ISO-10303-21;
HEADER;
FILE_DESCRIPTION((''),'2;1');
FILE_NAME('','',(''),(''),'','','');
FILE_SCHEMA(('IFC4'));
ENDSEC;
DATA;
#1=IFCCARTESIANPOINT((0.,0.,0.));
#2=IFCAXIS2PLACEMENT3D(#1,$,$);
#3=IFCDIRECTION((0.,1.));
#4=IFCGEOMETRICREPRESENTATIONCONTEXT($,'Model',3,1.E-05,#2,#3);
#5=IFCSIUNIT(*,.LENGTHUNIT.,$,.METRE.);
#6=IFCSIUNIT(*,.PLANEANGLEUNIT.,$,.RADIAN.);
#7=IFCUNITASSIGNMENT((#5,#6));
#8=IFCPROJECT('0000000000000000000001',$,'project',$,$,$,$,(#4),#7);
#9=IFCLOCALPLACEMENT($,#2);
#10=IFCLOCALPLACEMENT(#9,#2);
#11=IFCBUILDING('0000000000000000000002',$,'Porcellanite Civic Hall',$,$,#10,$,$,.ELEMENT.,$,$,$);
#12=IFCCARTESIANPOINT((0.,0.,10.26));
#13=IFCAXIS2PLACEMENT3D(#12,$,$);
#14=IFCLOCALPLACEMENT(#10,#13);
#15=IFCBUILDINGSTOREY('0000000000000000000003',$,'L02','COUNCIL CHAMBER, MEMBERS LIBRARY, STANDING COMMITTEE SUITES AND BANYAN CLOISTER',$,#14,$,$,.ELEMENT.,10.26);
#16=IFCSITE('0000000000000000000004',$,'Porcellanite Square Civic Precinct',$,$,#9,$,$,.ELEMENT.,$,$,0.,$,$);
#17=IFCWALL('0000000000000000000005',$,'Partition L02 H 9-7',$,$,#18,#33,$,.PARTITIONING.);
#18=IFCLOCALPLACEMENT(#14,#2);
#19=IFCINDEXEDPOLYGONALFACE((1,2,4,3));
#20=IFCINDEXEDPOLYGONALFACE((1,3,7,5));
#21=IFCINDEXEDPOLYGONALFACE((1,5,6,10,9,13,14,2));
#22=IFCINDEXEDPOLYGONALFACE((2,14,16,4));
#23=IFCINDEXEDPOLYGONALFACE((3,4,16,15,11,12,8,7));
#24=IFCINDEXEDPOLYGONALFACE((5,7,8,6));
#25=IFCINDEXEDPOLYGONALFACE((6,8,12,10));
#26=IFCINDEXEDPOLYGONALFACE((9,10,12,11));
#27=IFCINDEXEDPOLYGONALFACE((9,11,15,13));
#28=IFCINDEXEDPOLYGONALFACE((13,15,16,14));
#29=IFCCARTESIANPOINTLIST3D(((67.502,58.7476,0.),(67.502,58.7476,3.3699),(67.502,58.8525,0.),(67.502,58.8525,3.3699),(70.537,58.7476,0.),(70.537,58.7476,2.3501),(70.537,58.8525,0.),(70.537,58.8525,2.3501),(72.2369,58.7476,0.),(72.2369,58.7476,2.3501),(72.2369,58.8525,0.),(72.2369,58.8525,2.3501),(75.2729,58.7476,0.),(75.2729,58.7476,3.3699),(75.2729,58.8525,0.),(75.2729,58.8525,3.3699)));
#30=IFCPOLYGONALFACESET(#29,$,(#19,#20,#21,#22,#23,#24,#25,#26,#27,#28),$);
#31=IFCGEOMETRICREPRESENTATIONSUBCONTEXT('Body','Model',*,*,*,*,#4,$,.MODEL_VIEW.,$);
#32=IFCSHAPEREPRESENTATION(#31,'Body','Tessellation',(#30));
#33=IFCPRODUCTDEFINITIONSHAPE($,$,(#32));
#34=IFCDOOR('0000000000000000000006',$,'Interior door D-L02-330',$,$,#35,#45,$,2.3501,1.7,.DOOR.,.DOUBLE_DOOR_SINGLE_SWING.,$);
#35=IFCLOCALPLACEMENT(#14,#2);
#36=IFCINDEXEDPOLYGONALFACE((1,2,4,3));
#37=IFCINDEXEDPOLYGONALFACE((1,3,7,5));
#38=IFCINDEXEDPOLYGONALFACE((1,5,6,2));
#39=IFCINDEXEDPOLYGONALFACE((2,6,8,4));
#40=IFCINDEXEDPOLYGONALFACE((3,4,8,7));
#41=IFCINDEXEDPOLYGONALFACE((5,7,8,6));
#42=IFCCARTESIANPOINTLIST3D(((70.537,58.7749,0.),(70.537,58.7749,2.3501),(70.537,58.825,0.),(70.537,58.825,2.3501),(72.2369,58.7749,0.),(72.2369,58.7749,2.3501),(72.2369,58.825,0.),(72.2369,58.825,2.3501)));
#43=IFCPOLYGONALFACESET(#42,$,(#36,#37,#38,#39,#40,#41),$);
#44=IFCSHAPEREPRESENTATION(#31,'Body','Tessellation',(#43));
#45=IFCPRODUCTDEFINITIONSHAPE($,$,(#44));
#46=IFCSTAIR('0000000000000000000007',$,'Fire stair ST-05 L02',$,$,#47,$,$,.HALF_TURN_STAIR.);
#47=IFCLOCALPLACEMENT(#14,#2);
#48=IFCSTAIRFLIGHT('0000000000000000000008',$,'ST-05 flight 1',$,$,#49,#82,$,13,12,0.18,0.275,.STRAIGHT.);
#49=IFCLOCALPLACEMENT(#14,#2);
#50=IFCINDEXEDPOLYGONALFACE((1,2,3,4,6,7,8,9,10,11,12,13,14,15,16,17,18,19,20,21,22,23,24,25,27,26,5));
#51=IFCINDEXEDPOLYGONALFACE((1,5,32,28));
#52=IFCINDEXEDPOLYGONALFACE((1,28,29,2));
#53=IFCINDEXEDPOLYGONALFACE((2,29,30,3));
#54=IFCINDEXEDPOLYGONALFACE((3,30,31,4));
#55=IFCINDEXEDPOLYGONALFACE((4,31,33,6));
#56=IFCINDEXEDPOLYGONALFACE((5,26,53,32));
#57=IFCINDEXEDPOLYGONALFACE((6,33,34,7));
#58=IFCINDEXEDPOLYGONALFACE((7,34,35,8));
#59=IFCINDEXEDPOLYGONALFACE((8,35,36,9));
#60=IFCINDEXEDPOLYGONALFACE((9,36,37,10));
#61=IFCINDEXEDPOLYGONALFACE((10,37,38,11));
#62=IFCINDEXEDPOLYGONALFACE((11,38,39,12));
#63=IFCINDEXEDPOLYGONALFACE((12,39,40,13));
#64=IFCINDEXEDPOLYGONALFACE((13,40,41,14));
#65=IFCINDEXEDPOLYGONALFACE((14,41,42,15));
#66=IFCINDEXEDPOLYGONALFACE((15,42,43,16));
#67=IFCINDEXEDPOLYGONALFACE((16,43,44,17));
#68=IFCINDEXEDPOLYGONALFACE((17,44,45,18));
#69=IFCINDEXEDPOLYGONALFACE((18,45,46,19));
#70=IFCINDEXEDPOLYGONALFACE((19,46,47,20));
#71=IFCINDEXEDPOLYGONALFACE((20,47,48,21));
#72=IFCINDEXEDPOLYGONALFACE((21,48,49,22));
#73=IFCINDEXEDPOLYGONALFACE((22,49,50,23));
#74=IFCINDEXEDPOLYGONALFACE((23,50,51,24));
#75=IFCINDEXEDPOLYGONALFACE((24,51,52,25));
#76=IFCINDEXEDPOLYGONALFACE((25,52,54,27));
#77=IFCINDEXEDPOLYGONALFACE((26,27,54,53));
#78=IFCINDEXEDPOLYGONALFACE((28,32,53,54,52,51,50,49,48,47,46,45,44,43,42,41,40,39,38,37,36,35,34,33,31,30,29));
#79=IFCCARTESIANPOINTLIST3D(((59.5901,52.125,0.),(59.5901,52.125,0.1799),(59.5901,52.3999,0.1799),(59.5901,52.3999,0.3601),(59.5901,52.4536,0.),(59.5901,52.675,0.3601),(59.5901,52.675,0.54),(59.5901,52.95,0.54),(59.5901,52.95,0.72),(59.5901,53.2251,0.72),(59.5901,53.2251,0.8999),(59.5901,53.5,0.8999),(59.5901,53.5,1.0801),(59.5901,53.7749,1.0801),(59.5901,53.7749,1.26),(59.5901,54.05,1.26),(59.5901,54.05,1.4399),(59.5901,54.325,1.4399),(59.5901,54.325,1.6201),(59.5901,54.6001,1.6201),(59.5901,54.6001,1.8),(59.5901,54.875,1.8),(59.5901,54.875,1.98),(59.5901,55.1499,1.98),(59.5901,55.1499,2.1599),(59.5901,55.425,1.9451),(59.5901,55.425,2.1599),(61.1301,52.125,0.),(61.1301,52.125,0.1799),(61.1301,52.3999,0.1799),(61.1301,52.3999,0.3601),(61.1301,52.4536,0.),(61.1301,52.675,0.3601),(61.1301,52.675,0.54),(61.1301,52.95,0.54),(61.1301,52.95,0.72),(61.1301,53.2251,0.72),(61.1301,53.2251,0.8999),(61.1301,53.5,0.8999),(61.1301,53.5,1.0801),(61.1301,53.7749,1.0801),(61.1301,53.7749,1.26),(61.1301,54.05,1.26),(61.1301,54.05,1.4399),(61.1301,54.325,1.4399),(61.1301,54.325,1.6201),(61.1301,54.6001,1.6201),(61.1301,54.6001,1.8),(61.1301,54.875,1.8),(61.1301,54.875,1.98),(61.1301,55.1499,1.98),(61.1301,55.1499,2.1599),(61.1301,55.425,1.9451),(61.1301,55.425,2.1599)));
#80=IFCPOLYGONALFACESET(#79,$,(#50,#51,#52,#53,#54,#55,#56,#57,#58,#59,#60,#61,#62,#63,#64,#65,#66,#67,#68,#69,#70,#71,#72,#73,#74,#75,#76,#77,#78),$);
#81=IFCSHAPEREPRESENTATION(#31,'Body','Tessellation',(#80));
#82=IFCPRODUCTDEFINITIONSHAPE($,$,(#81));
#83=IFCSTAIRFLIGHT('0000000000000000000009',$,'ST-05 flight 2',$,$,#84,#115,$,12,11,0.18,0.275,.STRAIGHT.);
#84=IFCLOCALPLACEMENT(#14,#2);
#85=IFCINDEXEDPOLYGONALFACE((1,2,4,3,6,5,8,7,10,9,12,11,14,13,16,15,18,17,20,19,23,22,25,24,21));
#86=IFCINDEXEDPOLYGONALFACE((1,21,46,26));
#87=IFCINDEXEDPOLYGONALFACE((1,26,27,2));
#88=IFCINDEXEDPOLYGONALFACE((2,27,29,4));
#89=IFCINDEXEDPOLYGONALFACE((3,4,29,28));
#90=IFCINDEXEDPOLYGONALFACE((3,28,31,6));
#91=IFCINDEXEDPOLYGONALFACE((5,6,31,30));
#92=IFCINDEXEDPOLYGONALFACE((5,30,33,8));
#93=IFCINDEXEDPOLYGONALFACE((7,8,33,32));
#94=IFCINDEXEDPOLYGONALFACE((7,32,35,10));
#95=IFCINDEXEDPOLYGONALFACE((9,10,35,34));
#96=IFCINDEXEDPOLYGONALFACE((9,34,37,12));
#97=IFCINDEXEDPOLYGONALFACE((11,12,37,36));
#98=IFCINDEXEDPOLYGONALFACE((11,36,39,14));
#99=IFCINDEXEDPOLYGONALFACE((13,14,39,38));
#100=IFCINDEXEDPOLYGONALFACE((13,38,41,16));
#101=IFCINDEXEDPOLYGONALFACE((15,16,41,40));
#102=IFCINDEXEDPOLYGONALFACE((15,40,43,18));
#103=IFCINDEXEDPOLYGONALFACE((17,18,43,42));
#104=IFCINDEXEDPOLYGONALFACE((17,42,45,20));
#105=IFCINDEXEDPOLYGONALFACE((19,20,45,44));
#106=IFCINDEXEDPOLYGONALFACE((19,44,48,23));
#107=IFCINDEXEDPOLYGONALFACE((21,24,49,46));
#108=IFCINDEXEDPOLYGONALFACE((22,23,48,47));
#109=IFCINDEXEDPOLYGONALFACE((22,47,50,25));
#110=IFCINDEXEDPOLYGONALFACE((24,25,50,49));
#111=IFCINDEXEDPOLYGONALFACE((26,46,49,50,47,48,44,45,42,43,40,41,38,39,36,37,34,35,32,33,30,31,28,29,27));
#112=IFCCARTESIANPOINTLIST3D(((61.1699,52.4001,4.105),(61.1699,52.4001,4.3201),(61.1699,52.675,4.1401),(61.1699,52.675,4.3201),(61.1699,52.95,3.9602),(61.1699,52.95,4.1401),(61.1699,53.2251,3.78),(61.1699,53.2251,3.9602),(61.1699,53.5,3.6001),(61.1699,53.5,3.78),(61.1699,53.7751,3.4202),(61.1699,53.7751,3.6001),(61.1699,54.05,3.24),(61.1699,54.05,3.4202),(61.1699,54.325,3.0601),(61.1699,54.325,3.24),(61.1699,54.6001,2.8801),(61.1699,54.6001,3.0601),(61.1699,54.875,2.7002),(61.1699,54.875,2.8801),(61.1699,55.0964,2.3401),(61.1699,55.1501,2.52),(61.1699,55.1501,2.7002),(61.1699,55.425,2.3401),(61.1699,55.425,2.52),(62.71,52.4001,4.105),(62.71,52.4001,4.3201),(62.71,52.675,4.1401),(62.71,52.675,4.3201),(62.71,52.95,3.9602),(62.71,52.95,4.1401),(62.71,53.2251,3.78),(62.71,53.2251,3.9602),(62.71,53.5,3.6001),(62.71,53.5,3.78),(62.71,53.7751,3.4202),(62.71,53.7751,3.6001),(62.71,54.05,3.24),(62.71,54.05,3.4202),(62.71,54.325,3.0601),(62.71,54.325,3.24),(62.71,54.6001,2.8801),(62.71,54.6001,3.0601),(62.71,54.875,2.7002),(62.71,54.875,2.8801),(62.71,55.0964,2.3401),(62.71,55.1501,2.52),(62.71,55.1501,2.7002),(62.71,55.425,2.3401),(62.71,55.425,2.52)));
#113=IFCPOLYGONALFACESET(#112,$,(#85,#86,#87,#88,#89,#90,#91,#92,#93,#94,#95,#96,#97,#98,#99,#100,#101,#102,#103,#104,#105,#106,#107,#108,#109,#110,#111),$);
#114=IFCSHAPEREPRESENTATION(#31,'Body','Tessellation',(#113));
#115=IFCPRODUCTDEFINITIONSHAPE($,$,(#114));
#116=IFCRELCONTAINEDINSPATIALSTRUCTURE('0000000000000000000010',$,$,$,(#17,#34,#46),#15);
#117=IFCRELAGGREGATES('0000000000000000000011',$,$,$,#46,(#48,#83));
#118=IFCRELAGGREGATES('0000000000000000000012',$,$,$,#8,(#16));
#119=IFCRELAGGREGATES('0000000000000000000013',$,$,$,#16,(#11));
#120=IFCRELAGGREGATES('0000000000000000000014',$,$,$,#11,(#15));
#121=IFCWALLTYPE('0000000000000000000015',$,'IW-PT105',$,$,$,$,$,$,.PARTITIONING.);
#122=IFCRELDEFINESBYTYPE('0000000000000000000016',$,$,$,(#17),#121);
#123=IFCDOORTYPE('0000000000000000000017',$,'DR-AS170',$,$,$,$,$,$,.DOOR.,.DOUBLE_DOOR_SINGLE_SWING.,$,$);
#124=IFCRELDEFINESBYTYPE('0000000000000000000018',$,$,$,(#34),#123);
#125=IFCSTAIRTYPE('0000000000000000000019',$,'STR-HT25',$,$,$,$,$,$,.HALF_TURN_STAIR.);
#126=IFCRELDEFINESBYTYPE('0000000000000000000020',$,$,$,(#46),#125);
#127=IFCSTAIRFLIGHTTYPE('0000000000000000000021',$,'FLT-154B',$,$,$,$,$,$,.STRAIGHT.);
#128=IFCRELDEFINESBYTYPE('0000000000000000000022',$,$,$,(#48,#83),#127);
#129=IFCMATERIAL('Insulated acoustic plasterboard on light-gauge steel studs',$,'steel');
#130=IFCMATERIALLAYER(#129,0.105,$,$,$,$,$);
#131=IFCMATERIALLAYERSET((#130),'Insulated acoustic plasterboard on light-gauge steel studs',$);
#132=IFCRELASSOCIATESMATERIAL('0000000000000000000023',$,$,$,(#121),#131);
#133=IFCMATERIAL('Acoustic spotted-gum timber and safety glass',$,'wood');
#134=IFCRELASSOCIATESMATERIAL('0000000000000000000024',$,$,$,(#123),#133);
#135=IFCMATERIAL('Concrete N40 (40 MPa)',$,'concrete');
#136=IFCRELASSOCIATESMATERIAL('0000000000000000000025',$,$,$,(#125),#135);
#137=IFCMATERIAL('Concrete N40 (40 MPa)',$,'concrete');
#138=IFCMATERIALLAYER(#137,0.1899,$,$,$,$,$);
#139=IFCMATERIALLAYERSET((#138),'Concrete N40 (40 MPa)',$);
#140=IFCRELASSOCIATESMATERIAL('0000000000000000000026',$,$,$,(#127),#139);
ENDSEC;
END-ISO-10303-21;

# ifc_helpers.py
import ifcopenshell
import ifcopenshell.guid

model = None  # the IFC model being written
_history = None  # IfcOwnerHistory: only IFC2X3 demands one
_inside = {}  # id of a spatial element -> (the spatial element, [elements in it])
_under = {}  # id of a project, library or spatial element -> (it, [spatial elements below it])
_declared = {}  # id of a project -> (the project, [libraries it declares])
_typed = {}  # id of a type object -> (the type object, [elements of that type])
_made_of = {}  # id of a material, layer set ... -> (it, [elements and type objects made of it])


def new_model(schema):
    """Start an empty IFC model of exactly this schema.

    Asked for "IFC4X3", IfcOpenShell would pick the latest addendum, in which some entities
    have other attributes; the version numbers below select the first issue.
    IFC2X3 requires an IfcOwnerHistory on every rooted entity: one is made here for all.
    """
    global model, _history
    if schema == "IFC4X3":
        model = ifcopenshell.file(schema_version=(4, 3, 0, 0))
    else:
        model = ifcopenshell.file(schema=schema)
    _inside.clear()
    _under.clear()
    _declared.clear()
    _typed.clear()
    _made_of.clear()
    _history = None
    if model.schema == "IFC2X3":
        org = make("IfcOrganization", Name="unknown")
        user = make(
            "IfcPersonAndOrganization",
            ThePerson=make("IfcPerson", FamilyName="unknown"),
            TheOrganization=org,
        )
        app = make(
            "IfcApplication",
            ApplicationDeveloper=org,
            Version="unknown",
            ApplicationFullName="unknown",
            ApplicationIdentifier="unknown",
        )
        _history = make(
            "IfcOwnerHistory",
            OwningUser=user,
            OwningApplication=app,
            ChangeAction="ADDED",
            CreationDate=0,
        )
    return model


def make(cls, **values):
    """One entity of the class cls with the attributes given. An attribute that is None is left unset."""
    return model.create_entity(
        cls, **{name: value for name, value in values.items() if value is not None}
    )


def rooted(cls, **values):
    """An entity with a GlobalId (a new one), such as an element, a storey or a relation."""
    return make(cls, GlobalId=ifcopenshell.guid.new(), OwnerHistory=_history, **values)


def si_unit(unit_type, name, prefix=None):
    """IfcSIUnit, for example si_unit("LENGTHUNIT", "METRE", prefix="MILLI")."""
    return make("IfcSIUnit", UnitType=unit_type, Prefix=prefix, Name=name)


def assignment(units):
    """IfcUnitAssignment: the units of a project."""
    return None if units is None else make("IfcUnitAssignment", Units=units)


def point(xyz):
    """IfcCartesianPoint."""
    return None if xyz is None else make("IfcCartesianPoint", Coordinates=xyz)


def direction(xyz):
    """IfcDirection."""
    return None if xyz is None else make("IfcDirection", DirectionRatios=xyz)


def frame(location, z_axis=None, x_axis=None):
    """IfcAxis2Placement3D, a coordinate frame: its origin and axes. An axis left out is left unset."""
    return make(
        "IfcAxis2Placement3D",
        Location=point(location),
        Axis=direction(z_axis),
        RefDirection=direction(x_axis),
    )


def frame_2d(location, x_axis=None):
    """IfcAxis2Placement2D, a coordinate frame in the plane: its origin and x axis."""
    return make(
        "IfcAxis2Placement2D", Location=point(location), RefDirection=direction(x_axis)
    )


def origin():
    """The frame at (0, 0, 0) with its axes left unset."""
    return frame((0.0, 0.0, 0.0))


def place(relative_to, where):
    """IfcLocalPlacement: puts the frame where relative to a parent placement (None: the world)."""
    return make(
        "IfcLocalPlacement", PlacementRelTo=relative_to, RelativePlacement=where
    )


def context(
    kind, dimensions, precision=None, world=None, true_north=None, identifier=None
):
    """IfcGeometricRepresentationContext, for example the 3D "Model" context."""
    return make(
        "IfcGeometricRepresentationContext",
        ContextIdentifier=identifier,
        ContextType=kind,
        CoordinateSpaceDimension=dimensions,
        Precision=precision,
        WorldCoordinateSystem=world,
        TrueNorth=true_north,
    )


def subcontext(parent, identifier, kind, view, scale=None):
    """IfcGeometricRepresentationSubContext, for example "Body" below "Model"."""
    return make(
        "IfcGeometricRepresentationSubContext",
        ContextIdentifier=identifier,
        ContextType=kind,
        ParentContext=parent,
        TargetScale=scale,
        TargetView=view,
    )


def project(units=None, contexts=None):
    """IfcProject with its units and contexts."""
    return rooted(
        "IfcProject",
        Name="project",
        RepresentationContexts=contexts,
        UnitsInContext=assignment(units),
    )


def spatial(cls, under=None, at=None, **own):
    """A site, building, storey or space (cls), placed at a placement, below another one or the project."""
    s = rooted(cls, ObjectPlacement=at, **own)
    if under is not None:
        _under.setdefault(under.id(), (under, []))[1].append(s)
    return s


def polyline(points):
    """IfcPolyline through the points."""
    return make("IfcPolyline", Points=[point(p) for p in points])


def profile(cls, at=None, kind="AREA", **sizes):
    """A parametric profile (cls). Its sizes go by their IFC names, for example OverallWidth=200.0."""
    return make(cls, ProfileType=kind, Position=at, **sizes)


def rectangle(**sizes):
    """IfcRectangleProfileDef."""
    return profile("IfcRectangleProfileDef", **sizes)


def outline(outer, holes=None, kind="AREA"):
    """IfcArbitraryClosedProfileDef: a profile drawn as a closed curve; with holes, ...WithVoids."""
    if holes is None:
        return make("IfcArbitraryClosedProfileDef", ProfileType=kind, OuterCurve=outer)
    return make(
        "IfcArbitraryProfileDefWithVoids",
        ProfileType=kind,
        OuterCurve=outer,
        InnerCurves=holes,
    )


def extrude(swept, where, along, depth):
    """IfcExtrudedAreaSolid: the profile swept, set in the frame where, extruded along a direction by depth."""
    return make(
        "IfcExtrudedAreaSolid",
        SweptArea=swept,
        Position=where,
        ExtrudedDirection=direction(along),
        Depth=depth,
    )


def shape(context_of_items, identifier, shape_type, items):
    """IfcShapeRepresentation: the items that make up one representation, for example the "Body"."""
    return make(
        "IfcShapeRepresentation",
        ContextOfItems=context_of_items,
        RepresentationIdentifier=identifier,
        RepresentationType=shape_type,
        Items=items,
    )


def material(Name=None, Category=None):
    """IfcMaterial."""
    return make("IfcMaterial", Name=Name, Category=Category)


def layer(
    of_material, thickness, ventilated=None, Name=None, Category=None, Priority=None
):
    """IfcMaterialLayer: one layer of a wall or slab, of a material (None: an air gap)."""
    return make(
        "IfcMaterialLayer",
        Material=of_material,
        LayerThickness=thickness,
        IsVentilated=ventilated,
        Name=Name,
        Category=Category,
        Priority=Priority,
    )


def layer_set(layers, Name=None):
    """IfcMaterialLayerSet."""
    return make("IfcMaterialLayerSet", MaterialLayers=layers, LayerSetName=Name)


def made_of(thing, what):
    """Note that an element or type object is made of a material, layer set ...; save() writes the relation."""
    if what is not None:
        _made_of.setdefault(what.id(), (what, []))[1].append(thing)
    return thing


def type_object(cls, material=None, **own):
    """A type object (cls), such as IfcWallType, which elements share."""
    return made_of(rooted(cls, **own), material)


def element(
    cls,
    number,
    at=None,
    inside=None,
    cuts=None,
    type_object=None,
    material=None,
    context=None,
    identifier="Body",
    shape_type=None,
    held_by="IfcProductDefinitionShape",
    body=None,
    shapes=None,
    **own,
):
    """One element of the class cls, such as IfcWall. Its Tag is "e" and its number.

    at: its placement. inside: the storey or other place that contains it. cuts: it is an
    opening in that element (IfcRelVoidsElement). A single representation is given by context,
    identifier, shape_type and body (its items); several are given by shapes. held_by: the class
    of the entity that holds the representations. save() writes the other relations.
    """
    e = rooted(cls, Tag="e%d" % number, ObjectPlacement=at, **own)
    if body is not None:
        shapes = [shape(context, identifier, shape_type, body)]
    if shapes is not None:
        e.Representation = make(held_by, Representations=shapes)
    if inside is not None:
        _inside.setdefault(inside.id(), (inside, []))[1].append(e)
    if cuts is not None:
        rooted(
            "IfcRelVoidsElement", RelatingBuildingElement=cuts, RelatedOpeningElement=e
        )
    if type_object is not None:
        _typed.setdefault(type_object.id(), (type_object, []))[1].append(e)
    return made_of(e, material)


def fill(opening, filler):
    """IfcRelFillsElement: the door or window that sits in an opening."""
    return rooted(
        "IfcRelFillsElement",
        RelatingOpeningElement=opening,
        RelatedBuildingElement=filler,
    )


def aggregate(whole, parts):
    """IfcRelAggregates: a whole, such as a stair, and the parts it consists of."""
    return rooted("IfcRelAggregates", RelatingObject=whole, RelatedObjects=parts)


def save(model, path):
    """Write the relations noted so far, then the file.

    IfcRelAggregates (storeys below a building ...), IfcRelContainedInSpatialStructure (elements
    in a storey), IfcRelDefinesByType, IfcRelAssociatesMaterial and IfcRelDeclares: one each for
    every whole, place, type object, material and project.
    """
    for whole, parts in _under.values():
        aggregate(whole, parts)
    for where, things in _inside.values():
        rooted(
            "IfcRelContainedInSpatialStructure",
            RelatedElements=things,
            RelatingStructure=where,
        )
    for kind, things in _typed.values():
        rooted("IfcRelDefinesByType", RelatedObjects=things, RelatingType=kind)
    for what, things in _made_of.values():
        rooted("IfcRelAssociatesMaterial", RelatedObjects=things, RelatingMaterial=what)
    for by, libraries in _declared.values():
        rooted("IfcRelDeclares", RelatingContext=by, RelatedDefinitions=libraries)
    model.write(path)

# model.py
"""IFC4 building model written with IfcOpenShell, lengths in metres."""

from ifc_helpers import new_model, si_unit, direction, frame, frame_2d, origin, place, context, subcontext, project, spatial, polyline, rectangle, outline, extrude, material, layer, layer_set, type_object, element, fill, aggregate, save


model = new_model("IFC4")

# Units and contexts
model_context = context("Model", 3, precision=1e-05, world=origin(), true_north=direction((0.0, 1.0)))
body_context = subcontext(model_context, "Body", "Model", "MODEL_VIEW")
ifc_project = project(units=[si_unit("LENGTHUNIT", "METRE"), si_unit("PLANEANGLEUNIT", "RADIAN")], contexts=[model_context])

# Site, building, storey
site_placement = place(None, origin())
site = spatial("IfcSite", under=ifc_project, at=site_placement, Name="Porcellanite Square Civic Precinct", CompositionType="ELEMENT", RefElevation=0.0)
building_placement = place(site_placement, origin())
building = spatial("IfcBuilding", under=site, at=building_placement, Name="Porcellanite Civic Hall", CompositionType="ELEMENT")
storey_placement = place(building_placement, frame((0.0, 0.0, 10.26)))
storey = spatial("IfcBuildingStorey", under=building, at=storey_placement, Name="L02", Description="COUNCIL CHAMBER, MEMBERS LIBRARY, STANDING COMMITTEE SUITES AND BANYAN CLOISTER", CompositionType="ELEMENT", Elevation=10.26)

# Wall, opening, door
ifc_material_1 = material(Name="Insulated acoustic plasterboard on light-gauge steel studs", Category="steel")
ifc_layer_1 = layer(ifc_material_1, 0.105)
ifc_layer_set_1 = layer_set([ifc_layer_1], Name="Insulated acoustic plasterboard on light-gauge steel studs")
wall_type_1 = type_object("IfcWallType", Name="IW-PT105", PredefinedType="PARTITIONING", material=ifc_layer_set_1)
wall_1_placement = place(storey_placement, frame((67.502, 58.8, 0.0), z_axis=(0.0, 0.0, 1.0), x_axis=(1.0, 0.0, 0.0)))
wall_1 = element("IfcWall", 1, at=wall_1_placement, inside=storey, type_object=wall_type_1, Name="Partition L02 H 9-7", PredefinedType="PARTITIONING", context=body_context, shape_type="SweptSolid", body=[
    extrude(rectangle(XDim=7.771, YDim=0.105, at=frame_2d((3.8855, 0.0))), origin(), (0.0, 0.0, 1.0), 3.3699),
])
opening_1_placement = place(wall_1_placement, frame((3.0349, 0.0, 0.0)))
opening_1 = element("IfcOpeningElement", 2, at=opening_1_placement, cuts=wall_1, PredefinedType="OPENING", context=body_context, shape_type="SweptSolid", body=[
    extrude(rectangle(XDim=1.7, YDim=2.3501, at=frame_2d((0.8501, 1.175))), frame((0.0, 0.0525, 0.0), z_axis=(0.0, -1.0, 0.0), x_axis=(1.0, 0.0, 0.0)), (0.0, 0.0, 1.0), 0.105),
])
ifc_material_2 = material(Name="Acoustic spotted-gum timber and safety glass", Category="wood")
door_type_1 = type_object("IfcDoorType", Name="DR-AS170", OperationType="DOUBLE_DOOR_SINGLE_SWING", PredefinedType="DOOR", material=ifc_material_2)
door_1_placement = place(opening_1_placement, origin())
door_1 = element("IfcDoor", 3, at=door_1_placement, inside=storey, type_object=door_type_1, Name="Interior door D-L02-330", OperationType="DOUBLE_DOOR_SINGLE_SWING", OverallHeight=2.3501, OverallWidth=1.7, PredefinedType="DOOR", context=body_context, shape_type="SweptSolid", body=[
    extrude(rectangle(XDim=1.7, YDim=2.3501, at=frame_2d((0.8501, 1.175))), frame((0.0, 0.0249, 0.0), z_axis=(0.0, -1.0, 0.0), x_axis=(1.0, 0.0, 0.0)), (0.0, 0.0, 1.0), 0.05),
])
fill(opening_1, door_1)

# Stair, stair flights
ifc_material_3 = material(Name="Concrete N40 (40 MPa)", Category="concrete")
stair_type = type_object("IfcStairType", Name="STR-HT25", PredefinedType="HALF_TURN_STAIR", material=ifc_material_3)
stair_placement = place(storey_placement, origin())
stair = element("IfcStair", 4, at=stair_placement, inside=storey, type_object=stair_type, Name="Fire stair ST-05 L02", PredefinedType="HALF_TURN_STAIR")
ifc_material_4 = material(Name="Concrete N40 (40 MPa)", Category="concrete")
ifc_layer_2 = layer(ifc_material_4, 0.1899)
ifc_layer_set_2 = layer_set([ifc_layer_2], Name="Concrete N40 (40 MPa)")
stair_flight_type = type_object("IfcStairFlightType", Name="FLT-154B", PredefinedType="STRAIGHT", material=ifc_layer_set_2)
stair_flight_1_placement = place(storey_placement, frame((60.3601, 52.125, 0.0), z_axis=(0.0, 0.0, 1.0), x_axis=(0.0, 1.0, 0.0)))
stair_flight_1 = element("IfcStairFlight", 5, at=stair_flight_1_placement, type_object=stair_flight_type, Name="ST-05 flight 1", NumberOfRisers=13, NumberOfTreads=12, PredefinedType="STRAIGHT", RiserHeight=0.18, TreadLength=0.275, context=body_context, shape_type="SweptSolid", body=[
    extrude(outline(polyline([(0.0, 0.0), (0.0, 0.1799), (0.2749, 0.1799), (0.2749, 0.3601), (0.55, 0.3601), (0.55, 0.54), (0.825, 0.54), (0.825, 0.72), (1.1001, 0.72), (1.1001, 0.8999), (1.375, 0.8999), (1.375, 1.0801), (1.6499, 1.0801), (1.6499, 1.26), (1.925, 1.26), (1.925, 1.4399), (2.2, 1.4399), (2.2, 1.6201), (2.4751, 1.6201), (2.4751, 1.8), (2.75, 1.8), (2.75, 1.98), (3.0249, 1.98), (3.0249, 2.1599), (3.3, 2.1599), (3.3, 2.3401), (3.3, 1.9451), (0.3286, 0.0), (0.0, 0.0)])), frame((0.0, 0.77, 0.0), z_axis=(0.0, -1.0, 0.0), x_axis=(1.0, 0.0, 0.0)), (0.0, 0.0, 1.0), 1.54),
])
stair_flight_2_placement = place(storey_placement, frame((61.9399, 55.425, 2.3401), z_axis=(0.0, 0.0, 1.0), x_axis=(0.0, -1.0, 0.0)))
stair_flight_2 = element("IfcStairFlight", 6, at=stair_flight_2_placement, type_object=stair_flight_type, Name="ST-05 flight 2", NumberOfRisers=12, NumberOfTreads=11, PredefinedType="STRAIGHT", RiserHeight=0.18, TreadLength=0.275, context=body_context, shape_type="SweptSolid", body=[
    extrude(outline(polyline([(0.0, 0.0), (0.0, 0.1799), (0.2749, 0.1799), (0.2749, 0.3601), (0.55, 0.3601), (0.55, 0.54), (0.825, 0.54), (0.825, 0.72), (1.1001, 0.72), (1.1001, 0.8999), (1.375, 0.8999), (1.375, 1.0801), (1.6499, 1.0801), (1.6499, 1.26), (1.925, 1.26), (1.925, 1.4399), (2.2, 1.4399), (2.2, 1.6201), (2.4751, 1.6201), (2.4751, 1.8), (2.75, 1.8), (2.75, 1.98), (3.0249, 1.98), (3.0249, 2.1599), (3.0249, 1.7649), (0.3286, 0.0), (0.0, 0.0)])), frame((0.0, 0.77, 0.0), z_axis=(0.0, -1.0, 0.0), x_axis=(1.0, 0.0, 0.0)), (0.0, 0.0, 1.0), 1.54),
])
aggregate(stair, [stair_flight_1, stair_flight_2])

save(model, "model.ifc")
